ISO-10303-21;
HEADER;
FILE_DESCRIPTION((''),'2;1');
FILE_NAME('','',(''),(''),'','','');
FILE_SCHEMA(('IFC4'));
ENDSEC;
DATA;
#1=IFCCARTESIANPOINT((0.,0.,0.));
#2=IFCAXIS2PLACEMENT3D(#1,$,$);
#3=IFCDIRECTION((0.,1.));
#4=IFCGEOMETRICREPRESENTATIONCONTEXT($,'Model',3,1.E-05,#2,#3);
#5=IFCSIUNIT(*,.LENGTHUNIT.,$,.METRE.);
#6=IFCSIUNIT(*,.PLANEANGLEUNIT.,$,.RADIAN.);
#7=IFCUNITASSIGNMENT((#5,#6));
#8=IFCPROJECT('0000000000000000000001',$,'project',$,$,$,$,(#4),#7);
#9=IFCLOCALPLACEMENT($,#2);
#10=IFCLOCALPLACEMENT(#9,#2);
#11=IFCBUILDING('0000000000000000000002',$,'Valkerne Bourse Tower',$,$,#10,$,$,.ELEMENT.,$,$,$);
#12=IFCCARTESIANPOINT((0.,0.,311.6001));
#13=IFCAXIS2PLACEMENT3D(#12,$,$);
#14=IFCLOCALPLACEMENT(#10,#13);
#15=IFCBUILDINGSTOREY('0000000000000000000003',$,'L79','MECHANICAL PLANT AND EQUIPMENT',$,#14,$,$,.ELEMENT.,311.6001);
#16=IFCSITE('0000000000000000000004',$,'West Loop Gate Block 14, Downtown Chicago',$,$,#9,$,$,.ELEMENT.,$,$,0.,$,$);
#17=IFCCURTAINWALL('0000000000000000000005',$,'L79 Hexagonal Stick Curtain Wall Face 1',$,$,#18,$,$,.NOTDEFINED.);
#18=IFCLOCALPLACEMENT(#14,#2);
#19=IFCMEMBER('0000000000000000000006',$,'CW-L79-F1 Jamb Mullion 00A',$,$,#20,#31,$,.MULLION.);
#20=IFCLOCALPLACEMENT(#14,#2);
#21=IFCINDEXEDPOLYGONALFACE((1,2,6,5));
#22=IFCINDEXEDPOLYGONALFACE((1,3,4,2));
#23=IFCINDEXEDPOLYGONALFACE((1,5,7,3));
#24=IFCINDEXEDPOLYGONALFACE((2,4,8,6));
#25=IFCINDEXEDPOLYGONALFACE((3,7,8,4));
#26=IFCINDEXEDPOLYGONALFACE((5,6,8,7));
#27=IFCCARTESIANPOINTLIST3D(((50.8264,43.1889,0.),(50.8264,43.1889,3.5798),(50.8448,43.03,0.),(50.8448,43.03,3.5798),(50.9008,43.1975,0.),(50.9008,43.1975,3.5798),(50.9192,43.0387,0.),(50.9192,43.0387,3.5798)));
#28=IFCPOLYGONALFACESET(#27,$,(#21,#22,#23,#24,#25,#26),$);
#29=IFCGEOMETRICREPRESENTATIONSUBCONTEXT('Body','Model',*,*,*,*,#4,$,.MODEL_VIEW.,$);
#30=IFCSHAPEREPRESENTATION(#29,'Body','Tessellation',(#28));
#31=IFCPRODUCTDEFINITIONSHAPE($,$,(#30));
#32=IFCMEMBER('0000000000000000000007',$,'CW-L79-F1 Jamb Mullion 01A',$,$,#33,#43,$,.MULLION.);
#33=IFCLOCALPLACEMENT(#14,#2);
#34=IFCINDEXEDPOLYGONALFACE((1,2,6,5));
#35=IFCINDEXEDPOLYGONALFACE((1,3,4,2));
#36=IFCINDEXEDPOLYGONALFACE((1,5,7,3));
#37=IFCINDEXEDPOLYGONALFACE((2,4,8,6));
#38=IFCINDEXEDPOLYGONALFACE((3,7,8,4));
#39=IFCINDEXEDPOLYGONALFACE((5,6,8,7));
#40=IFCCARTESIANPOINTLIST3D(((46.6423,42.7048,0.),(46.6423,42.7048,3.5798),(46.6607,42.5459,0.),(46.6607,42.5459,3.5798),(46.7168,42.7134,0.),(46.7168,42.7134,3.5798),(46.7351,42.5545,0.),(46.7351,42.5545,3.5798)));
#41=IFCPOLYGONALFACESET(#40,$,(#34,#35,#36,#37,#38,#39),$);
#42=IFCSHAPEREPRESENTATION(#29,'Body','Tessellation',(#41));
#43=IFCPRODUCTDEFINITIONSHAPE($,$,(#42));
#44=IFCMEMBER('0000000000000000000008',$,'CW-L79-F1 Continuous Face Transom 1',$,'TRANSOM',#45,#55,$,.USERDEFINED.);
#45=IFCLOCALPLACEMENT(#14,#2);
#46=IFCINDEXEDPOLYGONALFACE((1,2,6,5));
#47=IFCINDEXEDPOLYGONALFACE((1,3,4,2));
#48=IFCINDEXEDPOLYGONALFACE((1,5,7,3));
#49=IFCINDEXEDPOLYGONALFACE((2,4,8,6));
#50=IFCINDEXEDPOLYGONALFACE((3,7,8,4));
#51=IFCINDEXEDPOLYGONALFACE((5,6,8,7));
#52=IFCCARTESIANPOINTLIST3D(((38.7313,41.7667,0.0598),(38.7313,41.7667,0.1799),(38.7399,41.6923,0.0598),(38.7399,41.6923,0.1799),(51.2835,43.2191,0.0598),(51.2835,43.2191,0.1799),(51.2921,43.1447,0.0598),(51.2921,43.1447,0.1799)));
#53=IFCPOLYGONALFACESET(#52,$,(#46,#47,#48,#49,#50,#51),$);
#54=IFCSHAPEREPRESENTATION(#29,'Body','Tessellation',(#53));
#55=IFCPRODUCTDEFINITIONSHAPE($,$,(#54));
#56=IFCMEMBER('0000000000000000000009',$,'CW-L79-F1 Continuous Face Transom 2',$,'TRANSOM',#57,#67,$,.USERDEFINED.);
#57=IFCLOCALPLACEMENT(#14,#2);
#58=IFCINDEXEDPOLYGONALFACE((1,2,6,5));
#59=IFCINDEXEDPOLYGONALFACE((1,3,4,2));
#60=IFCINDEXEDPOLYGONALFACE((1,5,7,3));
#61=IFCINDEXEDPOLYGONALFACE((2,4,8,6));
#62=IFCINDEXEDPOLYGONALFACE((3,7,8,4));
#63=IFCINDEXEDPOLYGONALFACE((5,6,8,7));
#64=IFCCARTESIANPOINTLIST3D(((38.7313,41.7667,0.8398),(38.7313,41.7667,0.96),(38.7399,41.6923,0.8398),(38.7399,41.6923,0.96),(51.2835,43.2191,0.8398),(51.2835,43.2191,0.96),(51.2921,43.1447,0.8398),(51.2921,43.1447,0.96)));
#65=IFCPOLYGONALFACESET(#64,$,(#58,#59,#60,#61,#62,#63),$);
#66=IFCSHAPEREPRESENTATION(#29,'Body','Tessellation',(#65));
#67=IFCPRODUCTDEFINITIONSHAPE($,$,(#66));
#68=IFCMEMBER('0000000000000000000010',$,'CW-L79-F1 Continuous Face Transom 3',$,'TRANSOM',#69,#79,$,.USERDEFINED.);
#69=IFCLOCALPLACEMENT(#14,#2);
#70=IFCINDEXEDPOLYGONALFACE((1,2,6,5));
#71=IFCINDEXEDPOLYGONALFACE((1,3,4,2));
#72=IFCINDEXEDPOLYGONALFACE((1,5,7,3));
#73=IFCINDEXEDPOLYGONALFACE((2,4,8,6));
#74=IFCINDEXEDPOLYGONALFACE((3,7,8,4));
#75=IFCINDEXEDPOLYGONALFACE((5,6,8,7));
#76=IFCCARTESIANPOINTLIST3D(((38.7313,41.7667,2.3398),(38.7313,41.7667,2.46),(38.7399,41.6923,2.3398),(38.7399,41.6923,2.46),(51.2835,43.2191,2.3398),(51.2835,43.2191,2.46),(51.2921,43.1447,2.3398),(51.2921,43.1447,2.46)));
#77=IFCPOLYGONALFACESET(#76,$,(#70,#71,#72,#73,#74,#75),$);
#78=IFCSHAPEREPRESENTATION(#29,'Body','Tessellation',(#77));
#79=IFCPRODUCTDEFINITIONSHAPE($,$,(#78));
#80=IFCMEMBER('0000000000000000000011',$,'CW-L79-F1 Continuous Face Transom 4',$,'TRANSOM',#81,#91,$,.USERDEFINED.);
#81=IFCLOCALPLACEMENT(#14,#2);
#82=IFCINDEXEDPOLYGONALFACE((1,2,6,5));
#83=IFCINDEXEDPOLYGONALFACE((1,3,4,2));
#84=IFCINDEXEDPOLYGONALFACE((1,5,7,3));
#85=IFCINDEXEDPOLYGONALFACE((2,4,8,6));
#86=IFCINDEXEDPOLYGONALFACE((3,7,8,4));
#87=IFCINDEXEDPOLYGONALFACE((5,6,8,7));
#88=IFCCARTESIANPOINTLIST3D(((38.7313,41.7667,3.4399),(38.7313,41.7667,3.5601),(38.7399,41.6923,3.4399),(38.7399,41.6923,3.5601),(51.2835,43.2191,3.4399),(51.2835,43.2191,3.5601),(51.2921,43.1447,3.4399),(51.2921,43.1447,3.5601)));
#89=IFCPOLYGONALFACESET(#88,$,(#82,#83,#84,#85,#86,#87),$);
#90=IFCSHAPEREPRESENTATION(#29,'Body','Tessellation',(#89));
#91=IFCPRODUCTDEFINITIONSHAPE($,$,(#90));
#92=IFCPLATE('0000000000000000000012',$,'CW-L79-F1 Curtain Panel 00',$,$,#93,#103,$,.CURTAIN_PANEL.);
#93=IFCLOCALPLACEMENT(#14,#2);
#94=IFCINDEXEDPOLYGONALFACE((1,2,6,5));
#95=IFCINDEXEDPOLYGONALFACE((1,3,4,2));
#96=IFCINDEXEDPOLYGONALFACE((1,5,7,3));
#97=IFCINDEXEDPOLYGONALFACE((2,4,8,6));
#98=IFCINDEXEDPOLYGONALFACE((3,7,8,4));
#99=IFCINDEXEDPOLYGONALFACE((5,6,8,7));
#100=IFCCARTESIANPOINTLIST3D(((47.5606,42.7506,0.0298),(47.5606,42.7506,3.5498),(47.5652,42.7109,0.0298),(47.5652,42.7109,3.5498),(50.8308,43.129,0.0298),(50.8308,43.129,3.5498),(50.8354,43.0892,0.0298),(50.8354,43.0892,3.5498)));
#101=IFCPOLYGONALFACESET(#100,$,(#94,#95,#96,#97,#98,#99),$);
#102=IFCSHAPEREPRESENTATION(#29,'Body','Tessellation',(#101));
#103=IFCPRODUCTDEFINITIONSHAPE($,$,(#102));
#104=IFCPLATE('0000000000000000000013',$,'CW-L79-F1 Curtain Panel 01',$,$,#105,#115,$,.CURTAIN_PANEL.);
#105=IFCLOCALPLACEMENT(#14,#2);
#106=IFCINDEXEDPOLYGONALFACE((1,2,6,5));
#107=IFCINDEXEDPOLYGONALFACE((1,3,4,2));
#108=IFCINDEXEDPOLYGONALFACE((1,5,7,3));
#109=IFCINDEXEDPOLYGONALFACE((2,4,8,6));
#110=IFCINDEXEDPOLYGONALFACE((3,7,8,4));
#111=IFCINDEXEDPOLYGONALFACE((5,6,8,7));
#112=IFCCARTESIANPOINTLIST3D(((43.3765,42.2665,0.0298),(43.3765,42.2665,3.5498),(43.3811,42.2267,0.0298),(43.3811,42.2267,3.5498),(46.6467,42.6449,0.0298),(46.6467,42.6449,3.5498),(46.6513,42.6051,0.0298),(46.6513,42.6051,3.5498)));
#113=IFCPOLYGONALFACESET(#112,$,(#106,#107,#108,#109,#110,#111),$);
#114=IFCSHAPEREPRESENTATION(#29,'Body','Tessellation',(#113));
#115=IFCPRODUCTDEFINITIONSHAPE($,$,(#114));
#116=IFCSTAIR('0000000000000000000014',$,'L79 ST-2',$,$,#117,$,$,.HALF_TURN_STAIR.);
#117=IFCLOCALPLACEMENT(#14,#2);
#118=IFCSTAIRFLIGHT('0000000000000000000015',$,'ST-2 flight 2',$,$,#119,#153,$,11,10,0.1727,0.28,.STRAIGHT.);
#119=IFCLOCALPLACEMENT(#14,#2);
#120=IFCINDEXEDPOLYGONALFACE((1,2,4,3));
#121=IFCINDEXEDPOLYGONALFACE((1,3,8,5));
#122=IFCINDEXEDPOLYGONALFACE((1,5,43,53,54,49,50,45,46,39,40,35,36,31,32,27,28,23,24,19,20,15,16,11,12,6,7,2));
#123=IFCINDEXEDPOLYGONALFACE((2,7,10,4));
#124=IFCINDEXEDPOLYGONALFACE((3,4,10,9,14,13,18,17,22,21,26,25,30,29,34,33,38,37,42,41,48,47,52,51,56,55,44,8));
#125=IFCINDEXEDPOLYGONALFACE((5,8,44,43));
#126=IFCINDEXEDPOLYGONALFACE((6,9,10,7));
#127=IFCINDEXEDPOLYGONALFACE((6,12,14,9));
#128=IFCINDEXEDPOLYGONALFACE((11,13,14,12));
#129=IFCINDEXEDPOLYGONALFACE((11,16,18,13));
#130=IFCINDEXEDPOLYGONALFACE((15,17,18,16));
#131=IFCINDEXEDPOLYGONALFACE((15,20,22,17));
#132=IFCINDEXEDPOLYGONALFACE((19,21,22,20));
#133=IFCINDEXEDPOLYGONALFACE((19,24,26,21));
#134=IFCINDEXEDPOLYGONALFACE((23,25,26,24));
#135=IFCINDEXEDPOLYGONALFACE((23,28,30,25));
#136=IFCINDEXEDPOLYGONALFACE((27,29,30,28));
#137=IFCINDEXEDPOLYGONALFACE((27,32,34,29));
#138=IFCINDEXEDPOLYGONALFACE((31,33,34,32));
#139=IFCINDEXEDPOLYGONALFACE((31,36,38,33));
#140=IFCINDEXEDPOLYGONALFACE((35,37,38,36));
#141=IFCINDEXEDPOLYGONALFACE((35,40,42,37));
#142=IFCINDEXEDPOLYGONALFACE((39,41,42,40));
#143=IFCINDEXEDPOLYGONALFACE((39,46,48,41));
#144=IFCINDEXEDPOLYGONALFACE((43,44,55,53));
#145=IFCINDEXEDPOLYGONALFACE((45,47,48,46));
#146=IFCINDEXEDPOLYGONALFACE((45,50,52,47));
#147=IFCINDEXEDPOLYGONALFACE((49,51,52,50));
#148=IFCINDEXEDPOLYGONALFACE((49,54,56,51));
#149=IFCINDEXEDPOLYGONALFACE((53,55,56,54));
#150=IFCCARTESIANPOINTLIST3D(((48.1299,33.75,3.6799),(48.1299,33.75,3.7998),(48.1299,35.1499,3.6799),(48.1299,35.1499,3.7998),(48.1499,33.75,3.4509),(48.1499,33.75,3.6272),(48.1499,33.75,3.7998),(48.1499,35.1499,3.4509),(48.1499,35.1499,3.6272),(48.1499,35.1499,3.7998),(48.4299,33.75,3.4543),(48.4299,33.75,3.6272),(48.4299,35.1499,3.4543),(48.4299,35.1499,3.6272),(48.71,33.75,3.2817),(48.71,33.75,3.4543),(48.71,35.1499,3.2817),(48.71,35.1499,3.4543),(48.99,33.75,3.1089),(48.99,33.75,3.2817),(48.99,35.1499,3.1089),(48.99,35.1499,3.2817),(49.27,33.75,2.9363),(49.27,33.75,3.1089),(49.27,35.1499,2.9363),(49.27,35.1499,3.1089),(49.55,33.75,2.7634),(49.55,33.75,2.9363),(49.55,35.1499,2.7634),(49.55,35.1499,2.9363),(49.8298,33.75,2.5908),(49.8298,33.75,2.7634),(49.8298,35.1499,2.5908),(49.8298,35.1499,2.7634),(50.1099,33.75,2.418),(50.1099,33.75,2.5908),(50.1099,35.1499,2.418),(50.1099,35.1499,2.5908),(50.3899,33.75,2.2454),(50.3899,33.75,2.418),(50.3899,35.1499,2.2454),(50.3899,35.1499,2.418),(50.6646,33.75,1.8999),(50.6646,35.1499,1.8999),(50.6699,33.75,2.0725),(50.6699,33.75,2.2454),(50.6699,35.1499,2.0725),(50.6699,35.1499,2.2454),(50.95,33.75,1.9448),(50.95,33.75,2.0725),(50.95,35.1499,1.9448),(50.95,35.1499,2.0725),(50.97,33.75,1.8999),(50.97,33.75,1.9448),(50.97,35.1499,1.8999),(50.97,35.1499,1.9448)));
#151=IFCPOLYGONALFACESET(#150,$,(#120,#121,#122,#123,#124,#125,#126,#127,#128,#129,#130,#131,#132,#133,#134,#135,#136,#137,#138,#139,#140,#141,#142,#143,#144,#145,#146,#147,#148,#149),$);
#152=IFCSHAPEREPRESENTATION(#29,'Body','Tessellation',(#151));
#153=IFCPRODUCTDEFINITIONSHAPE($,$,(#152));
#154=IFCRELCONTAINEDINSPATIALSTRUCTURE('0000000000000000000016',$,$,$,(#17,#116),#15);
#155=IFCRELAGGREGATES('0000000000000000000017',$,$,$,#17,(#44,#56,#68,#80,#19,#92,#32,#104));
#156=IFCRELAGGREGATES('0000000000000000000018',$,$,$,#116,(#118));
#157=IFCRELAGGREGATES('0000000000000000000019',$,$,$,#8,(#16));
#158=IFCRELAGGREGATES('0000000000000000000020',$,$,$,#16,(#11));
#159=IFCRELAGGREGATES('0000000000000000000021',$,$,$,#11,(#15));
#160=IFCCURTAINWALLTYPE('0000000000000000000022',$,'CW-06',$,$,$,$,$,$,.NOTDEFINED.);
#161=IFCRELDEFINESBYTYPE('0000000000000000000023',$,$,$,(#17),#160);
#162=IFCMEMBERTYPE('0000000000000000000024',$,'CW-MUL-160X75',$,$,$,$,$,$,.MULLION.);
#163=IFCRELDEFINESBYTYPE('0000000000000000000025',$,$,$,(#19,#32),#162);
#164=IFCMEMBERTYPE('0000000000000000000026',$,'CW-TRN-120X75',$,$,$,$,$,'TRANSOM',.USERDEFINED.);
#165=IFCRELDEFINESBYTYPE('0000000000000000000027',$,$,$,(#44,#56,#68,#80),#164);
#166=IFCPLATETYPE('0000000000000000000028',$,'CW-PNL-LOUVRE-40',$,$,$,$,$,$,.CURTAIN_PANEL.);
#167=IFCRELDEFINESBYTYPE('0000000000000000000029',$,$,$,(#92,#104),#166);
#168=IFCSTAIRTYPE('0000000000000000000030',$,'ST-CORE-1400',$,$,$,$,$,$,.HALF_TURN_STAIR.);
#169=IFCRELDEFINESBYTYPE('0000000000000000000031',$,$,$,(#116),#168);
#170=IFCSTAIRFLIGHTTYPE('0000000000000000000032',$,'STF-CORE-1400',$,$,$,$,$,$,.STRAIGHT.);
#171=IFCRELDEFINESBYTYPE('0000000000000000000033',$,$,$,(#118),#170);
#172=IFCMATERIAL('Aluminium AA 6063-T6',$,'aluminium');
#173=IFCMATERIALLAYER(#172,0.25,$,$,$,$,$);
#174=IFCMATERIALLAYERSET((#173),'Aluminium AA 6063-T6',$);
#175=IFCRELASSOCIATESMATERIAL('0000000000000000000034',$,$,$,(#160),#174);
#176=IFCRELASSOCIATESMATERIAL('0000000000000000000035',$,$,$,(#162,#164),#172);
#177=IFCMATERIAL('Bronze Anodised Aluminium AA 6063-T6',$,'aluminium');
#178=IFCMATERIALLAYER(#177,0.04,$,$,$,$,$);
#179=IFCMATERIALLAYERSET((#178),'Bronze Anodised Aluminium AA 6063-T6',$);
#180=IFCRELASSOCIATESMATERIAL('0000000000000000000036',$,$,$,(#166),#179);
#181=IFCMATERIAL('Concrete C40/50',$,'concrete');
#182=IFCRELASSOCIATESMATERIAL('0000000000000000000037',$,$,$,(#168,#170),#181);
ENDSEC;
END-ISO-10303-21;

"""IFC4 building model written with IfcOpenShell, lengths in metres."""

from ifc_helpers import new_model, si_unit, direction, frame, origin, origin_2d, place, context, subcontext, project, spatial, polyline, rectangle, outline, extrude, material, layer, layer_set, material_profile, profile_set, type_object, element, aggregate, save


model = new_model("IFC4")

# Units and contexts
model_context = context("Model", 3, precision=1e-05, world=origin(), true_north=direction((0.0, 1.0)))
body_context = subcontext(model_context, "Body", "Model", "MODEL_VIEW")
ifc_project = project(units=[si_unit("LENGTHUNIT", "METRE"), si_unit("PLANEANGLEUNIT", "RADIAN")], contexts=[model_context])

# Site, building, storey
site_placement = place(None, origin())
site = spatial("IfcSite", under=ifc_project, at=site_placement, Name="West Loop Gate Block 14, Downtown Chicago", CompositionType="ELEMENT", RefElevation=0.0)
building_placement = place(site_placement, origin())
building = spatial("IfcBuilding", under=site, at=building_placement, Name="Valkerne Bourse Tower", CompositionType="ELEMENT")
storey_placement = place(building_placement, frame((0.0, 0.0, 311.6001)))
storey = spatial("IfcBuildingStorey", under=building, at=storey_placement, Name="L79", Description="MECHANICAL PLANT AND EQUIPMENT", CompositionType="ELEMENT", Elevation=311.6001)

# Curtain wall, members, plates
ifc_material_1 = material(Name="Aluminium AA 6063-T6", Category="aluminium")
ifc_layer_1 = layer(ifc_material_1, 0.25)
ifc_layer_set_1 = layer_set([ifc_layer_1], Name="Aluminium AA 6063-T6")
curtain_wall_type = type_object("IfcCurtainWallType", Name="CW-06", PredefinedType="NOTDEFINED", material=ifc_layer_set_1)
curtain_wall_placement = place(storey_placement, origin())
curtain_wall = element("IfcCurtainWall", 1, at=curtain_wall_placement, inside=storey, type_object=curtain_wall_type, Name="L79 Hexagonal Stick Curtain Wall Face 1", PredefinedType="NOTDEFINED")
ifc_material_profile_1 = material_profile(ifc_material_1, rectangle(XDim=0.075, YDim=0.1599, at=origin_2d()), Name="CWM-75X160")
ifc_profile_set_1 = profile_set([ifc_material_profile_1], Name="Aluminium AA 6063-T6")
member_type_1 = type_object("IfcMemberType", Name="CW-MUL-160X75", PredefinedType="MULLION", material=ifc_profile_set_1)
member_1_placement = place(storey_placement, frame((50.8728, 43.1138, 0.0), z_axis=(0.0, 0.0, 1.0), x_axis=(-0.993373, -0.114933, 0.0)))
member_1 = element("IfcMember", 2, at=member_1_placement, type_object=member_type_1, Name="CW-L79-F1 Jamb Mullion 00A", PredefinedType="MULLION", context=body_context, shape_type="SweptSolid", body=[
    extrude(rectangle(XDim=0.075, YDim=0.1599, at=origin_2d()), origin(), (0.0, 0.0, 1.0), 3.5798),
])
member_2_placement = place(storey_placement, frame((46.6887, 42.6296, 0.0), z_axis=(0.0, 0.0, 1.0), x_axis=(-0.993373, -0.114936, 0.0)))
member_2 = element("IfcMember", 3, at=member_2_placement, type_object=member_type_1, Name="CW-L79-F1 Jamb Mullion 01A", PredefinedType="MULLION", context=body_context, shape_type="SweptSolid", body=[
    extrude(rectangle(XDim=0.075, YDim=0.1599, at=origin_2d()), origin(), (0.0, 0.0, 1.0), 3.5798),
])
ifc_material_profile_2 = material_profile(ifc_material_1, rectangle(XDim=0.075, YDim=0.1201, at=origin_2d()), Name="CWT-75X120")
ifc_profile_set_2 = profile_set([ifc_material_profile_2], Name="Aluminium AA 6063-T6")
member_type_2 = type_object("IfcMemberType", Name="CW-TRN-120X75", ElementType="TRANSOM", PredefinedType="USERDEFINED", material=ifc_profile_set_2)
member_3_placement = place(storey_placement, frame((51.2878, 43.1819, 0.1199), z_axis=(-0.993372, -0.114941, 0.0), x_axis=(0.114941, -0.993372, 0.0)))
member_3 = element("IfcMember", 4, at=member_3_placement, type_object=member_type_2, Name="CW-L79-F1 Continuous Face Transom 1", ObjectType="TRANSOM", PredefinedType="USERDEFINED", context=body_context, shape_type="SweptSolid", body=[
    extrude(rectangle(XDim=0.075, YDim=0.1201, at=origin_2d()), origin(), (0.0, 0.0, 1.0), 12.636),
])
member_4_placement = place(storey_placement, frame((51.2878, 43.1819, 0.8999), z_axis=(-0.993372, -0.114941, 0.0), x_axis=(0.114941, -0.993372, 0.0)))
member_4 = element("IfcMember", 5, at=member_4_placement, type_object=member_type_2, Name="CW-L79-F1 Continuous Face Transom 2", ObjectType="TRANSOM", PredefinedType="USERDEFINED", context=body_context, shape_type="SweptSolid", body=[
    extrude(rectangle(XDim=0.075, YDim=0.1201, at=origin_2d()), origin(), (0.0, 0.0, 1.0), 12.636),
])
member_5_placement = place(storey_placement, frame((51.2878, 43.1819, 2.3999), z_axis=(-0.993372, -0.114941, 0.0), x_axis=(0.114941, -0.993372, 0.0)))
member_5 = element("IfcMember", 6, at=member_5_placement, type_object=member_type_2, Name="CW-L79-F1 Continuous Face Transom 3", ObjectType="TRANSOM", PredefinedType="USERDEFINED", context=body_context, shape_type="SweptSolid", body=[
    extrude(rectangle(XDim=0.075, YDim=0.1201, at=origin_2d()), origin(), (0.0, 0.0, 1.0), 12.636),
])
member_6_placement = place(storey_placement, frame((51.2878, 43.1819, 3.5), z_axis=(-0.993372, -0.114941, 0.0), x_axis=(0.114941, -0.993372, 0.0)))
member_6 = element("IfcMember", 7, at=member_6_placement, type_object=member_type_2, Name="CW-L79-F1 Continuous Face Transom 4", ObjectType="TRANSOM", PredefinedType="USERDEFINED", context=body_context, shape_type="SweptSolid", body=[
    extrude(rectangle(XDim=0.075, YDim=0.1201, at=origin_2d()), origin(), (0.0, 0.0, 1.0), 12.636),
])
ifc_material_2 = material(Name="Bronze Anodised Aluminium AA 6063-T6", Category="aluminium")
ifc_layer_2 = layer(ifc_material_2, 0.04)
ifc_layer_set_2 = layer_set([ifc_layer_2], Name="Bronze Anodised Aluminium AA 6063-T6")
plate_type = type_object("IfcPlateType", Name="CW-PNL-LOUVRE-40", PredefinedType="CURTAIN_PANEL", material=ifc_layer_set_2)
plate_1_placement = place(storey_placement, frame((49.198, 42.9199, 0.0298), z_axis=(0.0, 0.0, 1.0), x_axis=(-0.993373, -0.114933, 0.0)))
plate_1 = element("IfcPlate", 8, at=plate_1_placement, type_object=plate_type, Name="CW-L79-F1 Curtain Panel 00", PredefinedType="CURTAIN_PANEL", context=body_context, shape_type="SweptSolid", body=[
    extrude(rectangle(XDim=3.292, YDim=0.04, at=origin_2d()), origin(), (0.0, 0.0, 1.0), 3.52),
])
plate_2_placement = place(storey_placement, frame((45.0139, 42.4358, 0.0298), z_axis=(0.0, 0.0, 1.0), x_axis=(-0.993373, -0.114936, 0.0)))
plate_2 = element("IfcPlate", 9, at=plate_2_placement, type_object=plate_type, Name="CW-L79-F1 Curtain Panel 01", PredefinedType="CURTAIN_PANEL", context=body_context, shape_type="SweptSolid", body=[
    extrude(rectangle(XDim=3.292, YDim=0.04, at=origin_2d()), origin(), (0.0, 0.0, 1.0), 3.52),
])
aggregate(curtain_wall, [member_3, member_4, member_5, member_6, member_1, plate_1, member_2, plate_2])

# Stair, stair flight
ifc_material_3 = material(Name="Concrete C40/50", Category="concrete")
stair_type = type_object("IfcStairType", Name="ST-CORE-1400", PredefinedType="HALF_TURN_STAIR", material=ifc_material_3)
stair_placement = place(storey_placement, origin())
stair = element("IfcStair", 10, at=stair_placement, inside=storey, type_object=stair_type, Name="L79 ST-2", PredefinedType="HALF_TURN_STAIR")
stair_flight_type = type_object("IfcStairFlightType", Name="STF-CORE-1400", PredefinedType="STRAIGHT", material=ifc_material_3)
stair_flight_placement = place(storey_placement, frame((50.95, 34.45, 1.8999), z_axis=(0.0, 0.0, 1.0), x_axis=(-1.0, 0.0, 0.0)))
stair_flight = element("IfcStairFlight", 11, at=stair_flight_placement, type_object=stair_flight_type, Name="ST-2 flight 2", NumberOfRisers=11, NumberOfTreads=10, PredefinedType="STRAIGHT", RiserHeight=0.1727, TreadLength=0.28, context=body_context, shape_type="SweptSolid", body=[
    extrude(outline(polyline([(-0.02, 0.0), (-0.02, 0.0449), (0.0, 0.0449), (0.0, 0.1726), (0.28, 0.1726), (0.28, 0.3455), (0.5601, 0.3455), (0.5601, 0.5181), (0.8401, 0.5181), (0.8401, 0.6909), (1.1201, 0.6909), (1.1201, 0.8635), (1.3999, 0.8635), (1.3999, 1.0364), (1.6799, 1.0364), (1.6799, 1.209), (1.96, 1.209), (1.96, 1.3818), (2.24, 1.3818), (2.24, 1.5544), (2.52, 1.5544), (2.52, 1.7273), (2.8, 1.7273), (2.8, 1.8999), (2.8201, 1.8999), (2.8201, 1.78), (2.8, 1.551), (0.2854, 0.0), (-0.02, 0.0)])), frame((0.0, 0.7, 0.0), z_axis=(0.0, -1.0, 0.0), x_axis=(1.0, 0.0, 0.0)), (0.0, 0.0, 1.0), 1.3999),
])
aggregate(stair, [stair_flight])

save(model, "model.ifc")
